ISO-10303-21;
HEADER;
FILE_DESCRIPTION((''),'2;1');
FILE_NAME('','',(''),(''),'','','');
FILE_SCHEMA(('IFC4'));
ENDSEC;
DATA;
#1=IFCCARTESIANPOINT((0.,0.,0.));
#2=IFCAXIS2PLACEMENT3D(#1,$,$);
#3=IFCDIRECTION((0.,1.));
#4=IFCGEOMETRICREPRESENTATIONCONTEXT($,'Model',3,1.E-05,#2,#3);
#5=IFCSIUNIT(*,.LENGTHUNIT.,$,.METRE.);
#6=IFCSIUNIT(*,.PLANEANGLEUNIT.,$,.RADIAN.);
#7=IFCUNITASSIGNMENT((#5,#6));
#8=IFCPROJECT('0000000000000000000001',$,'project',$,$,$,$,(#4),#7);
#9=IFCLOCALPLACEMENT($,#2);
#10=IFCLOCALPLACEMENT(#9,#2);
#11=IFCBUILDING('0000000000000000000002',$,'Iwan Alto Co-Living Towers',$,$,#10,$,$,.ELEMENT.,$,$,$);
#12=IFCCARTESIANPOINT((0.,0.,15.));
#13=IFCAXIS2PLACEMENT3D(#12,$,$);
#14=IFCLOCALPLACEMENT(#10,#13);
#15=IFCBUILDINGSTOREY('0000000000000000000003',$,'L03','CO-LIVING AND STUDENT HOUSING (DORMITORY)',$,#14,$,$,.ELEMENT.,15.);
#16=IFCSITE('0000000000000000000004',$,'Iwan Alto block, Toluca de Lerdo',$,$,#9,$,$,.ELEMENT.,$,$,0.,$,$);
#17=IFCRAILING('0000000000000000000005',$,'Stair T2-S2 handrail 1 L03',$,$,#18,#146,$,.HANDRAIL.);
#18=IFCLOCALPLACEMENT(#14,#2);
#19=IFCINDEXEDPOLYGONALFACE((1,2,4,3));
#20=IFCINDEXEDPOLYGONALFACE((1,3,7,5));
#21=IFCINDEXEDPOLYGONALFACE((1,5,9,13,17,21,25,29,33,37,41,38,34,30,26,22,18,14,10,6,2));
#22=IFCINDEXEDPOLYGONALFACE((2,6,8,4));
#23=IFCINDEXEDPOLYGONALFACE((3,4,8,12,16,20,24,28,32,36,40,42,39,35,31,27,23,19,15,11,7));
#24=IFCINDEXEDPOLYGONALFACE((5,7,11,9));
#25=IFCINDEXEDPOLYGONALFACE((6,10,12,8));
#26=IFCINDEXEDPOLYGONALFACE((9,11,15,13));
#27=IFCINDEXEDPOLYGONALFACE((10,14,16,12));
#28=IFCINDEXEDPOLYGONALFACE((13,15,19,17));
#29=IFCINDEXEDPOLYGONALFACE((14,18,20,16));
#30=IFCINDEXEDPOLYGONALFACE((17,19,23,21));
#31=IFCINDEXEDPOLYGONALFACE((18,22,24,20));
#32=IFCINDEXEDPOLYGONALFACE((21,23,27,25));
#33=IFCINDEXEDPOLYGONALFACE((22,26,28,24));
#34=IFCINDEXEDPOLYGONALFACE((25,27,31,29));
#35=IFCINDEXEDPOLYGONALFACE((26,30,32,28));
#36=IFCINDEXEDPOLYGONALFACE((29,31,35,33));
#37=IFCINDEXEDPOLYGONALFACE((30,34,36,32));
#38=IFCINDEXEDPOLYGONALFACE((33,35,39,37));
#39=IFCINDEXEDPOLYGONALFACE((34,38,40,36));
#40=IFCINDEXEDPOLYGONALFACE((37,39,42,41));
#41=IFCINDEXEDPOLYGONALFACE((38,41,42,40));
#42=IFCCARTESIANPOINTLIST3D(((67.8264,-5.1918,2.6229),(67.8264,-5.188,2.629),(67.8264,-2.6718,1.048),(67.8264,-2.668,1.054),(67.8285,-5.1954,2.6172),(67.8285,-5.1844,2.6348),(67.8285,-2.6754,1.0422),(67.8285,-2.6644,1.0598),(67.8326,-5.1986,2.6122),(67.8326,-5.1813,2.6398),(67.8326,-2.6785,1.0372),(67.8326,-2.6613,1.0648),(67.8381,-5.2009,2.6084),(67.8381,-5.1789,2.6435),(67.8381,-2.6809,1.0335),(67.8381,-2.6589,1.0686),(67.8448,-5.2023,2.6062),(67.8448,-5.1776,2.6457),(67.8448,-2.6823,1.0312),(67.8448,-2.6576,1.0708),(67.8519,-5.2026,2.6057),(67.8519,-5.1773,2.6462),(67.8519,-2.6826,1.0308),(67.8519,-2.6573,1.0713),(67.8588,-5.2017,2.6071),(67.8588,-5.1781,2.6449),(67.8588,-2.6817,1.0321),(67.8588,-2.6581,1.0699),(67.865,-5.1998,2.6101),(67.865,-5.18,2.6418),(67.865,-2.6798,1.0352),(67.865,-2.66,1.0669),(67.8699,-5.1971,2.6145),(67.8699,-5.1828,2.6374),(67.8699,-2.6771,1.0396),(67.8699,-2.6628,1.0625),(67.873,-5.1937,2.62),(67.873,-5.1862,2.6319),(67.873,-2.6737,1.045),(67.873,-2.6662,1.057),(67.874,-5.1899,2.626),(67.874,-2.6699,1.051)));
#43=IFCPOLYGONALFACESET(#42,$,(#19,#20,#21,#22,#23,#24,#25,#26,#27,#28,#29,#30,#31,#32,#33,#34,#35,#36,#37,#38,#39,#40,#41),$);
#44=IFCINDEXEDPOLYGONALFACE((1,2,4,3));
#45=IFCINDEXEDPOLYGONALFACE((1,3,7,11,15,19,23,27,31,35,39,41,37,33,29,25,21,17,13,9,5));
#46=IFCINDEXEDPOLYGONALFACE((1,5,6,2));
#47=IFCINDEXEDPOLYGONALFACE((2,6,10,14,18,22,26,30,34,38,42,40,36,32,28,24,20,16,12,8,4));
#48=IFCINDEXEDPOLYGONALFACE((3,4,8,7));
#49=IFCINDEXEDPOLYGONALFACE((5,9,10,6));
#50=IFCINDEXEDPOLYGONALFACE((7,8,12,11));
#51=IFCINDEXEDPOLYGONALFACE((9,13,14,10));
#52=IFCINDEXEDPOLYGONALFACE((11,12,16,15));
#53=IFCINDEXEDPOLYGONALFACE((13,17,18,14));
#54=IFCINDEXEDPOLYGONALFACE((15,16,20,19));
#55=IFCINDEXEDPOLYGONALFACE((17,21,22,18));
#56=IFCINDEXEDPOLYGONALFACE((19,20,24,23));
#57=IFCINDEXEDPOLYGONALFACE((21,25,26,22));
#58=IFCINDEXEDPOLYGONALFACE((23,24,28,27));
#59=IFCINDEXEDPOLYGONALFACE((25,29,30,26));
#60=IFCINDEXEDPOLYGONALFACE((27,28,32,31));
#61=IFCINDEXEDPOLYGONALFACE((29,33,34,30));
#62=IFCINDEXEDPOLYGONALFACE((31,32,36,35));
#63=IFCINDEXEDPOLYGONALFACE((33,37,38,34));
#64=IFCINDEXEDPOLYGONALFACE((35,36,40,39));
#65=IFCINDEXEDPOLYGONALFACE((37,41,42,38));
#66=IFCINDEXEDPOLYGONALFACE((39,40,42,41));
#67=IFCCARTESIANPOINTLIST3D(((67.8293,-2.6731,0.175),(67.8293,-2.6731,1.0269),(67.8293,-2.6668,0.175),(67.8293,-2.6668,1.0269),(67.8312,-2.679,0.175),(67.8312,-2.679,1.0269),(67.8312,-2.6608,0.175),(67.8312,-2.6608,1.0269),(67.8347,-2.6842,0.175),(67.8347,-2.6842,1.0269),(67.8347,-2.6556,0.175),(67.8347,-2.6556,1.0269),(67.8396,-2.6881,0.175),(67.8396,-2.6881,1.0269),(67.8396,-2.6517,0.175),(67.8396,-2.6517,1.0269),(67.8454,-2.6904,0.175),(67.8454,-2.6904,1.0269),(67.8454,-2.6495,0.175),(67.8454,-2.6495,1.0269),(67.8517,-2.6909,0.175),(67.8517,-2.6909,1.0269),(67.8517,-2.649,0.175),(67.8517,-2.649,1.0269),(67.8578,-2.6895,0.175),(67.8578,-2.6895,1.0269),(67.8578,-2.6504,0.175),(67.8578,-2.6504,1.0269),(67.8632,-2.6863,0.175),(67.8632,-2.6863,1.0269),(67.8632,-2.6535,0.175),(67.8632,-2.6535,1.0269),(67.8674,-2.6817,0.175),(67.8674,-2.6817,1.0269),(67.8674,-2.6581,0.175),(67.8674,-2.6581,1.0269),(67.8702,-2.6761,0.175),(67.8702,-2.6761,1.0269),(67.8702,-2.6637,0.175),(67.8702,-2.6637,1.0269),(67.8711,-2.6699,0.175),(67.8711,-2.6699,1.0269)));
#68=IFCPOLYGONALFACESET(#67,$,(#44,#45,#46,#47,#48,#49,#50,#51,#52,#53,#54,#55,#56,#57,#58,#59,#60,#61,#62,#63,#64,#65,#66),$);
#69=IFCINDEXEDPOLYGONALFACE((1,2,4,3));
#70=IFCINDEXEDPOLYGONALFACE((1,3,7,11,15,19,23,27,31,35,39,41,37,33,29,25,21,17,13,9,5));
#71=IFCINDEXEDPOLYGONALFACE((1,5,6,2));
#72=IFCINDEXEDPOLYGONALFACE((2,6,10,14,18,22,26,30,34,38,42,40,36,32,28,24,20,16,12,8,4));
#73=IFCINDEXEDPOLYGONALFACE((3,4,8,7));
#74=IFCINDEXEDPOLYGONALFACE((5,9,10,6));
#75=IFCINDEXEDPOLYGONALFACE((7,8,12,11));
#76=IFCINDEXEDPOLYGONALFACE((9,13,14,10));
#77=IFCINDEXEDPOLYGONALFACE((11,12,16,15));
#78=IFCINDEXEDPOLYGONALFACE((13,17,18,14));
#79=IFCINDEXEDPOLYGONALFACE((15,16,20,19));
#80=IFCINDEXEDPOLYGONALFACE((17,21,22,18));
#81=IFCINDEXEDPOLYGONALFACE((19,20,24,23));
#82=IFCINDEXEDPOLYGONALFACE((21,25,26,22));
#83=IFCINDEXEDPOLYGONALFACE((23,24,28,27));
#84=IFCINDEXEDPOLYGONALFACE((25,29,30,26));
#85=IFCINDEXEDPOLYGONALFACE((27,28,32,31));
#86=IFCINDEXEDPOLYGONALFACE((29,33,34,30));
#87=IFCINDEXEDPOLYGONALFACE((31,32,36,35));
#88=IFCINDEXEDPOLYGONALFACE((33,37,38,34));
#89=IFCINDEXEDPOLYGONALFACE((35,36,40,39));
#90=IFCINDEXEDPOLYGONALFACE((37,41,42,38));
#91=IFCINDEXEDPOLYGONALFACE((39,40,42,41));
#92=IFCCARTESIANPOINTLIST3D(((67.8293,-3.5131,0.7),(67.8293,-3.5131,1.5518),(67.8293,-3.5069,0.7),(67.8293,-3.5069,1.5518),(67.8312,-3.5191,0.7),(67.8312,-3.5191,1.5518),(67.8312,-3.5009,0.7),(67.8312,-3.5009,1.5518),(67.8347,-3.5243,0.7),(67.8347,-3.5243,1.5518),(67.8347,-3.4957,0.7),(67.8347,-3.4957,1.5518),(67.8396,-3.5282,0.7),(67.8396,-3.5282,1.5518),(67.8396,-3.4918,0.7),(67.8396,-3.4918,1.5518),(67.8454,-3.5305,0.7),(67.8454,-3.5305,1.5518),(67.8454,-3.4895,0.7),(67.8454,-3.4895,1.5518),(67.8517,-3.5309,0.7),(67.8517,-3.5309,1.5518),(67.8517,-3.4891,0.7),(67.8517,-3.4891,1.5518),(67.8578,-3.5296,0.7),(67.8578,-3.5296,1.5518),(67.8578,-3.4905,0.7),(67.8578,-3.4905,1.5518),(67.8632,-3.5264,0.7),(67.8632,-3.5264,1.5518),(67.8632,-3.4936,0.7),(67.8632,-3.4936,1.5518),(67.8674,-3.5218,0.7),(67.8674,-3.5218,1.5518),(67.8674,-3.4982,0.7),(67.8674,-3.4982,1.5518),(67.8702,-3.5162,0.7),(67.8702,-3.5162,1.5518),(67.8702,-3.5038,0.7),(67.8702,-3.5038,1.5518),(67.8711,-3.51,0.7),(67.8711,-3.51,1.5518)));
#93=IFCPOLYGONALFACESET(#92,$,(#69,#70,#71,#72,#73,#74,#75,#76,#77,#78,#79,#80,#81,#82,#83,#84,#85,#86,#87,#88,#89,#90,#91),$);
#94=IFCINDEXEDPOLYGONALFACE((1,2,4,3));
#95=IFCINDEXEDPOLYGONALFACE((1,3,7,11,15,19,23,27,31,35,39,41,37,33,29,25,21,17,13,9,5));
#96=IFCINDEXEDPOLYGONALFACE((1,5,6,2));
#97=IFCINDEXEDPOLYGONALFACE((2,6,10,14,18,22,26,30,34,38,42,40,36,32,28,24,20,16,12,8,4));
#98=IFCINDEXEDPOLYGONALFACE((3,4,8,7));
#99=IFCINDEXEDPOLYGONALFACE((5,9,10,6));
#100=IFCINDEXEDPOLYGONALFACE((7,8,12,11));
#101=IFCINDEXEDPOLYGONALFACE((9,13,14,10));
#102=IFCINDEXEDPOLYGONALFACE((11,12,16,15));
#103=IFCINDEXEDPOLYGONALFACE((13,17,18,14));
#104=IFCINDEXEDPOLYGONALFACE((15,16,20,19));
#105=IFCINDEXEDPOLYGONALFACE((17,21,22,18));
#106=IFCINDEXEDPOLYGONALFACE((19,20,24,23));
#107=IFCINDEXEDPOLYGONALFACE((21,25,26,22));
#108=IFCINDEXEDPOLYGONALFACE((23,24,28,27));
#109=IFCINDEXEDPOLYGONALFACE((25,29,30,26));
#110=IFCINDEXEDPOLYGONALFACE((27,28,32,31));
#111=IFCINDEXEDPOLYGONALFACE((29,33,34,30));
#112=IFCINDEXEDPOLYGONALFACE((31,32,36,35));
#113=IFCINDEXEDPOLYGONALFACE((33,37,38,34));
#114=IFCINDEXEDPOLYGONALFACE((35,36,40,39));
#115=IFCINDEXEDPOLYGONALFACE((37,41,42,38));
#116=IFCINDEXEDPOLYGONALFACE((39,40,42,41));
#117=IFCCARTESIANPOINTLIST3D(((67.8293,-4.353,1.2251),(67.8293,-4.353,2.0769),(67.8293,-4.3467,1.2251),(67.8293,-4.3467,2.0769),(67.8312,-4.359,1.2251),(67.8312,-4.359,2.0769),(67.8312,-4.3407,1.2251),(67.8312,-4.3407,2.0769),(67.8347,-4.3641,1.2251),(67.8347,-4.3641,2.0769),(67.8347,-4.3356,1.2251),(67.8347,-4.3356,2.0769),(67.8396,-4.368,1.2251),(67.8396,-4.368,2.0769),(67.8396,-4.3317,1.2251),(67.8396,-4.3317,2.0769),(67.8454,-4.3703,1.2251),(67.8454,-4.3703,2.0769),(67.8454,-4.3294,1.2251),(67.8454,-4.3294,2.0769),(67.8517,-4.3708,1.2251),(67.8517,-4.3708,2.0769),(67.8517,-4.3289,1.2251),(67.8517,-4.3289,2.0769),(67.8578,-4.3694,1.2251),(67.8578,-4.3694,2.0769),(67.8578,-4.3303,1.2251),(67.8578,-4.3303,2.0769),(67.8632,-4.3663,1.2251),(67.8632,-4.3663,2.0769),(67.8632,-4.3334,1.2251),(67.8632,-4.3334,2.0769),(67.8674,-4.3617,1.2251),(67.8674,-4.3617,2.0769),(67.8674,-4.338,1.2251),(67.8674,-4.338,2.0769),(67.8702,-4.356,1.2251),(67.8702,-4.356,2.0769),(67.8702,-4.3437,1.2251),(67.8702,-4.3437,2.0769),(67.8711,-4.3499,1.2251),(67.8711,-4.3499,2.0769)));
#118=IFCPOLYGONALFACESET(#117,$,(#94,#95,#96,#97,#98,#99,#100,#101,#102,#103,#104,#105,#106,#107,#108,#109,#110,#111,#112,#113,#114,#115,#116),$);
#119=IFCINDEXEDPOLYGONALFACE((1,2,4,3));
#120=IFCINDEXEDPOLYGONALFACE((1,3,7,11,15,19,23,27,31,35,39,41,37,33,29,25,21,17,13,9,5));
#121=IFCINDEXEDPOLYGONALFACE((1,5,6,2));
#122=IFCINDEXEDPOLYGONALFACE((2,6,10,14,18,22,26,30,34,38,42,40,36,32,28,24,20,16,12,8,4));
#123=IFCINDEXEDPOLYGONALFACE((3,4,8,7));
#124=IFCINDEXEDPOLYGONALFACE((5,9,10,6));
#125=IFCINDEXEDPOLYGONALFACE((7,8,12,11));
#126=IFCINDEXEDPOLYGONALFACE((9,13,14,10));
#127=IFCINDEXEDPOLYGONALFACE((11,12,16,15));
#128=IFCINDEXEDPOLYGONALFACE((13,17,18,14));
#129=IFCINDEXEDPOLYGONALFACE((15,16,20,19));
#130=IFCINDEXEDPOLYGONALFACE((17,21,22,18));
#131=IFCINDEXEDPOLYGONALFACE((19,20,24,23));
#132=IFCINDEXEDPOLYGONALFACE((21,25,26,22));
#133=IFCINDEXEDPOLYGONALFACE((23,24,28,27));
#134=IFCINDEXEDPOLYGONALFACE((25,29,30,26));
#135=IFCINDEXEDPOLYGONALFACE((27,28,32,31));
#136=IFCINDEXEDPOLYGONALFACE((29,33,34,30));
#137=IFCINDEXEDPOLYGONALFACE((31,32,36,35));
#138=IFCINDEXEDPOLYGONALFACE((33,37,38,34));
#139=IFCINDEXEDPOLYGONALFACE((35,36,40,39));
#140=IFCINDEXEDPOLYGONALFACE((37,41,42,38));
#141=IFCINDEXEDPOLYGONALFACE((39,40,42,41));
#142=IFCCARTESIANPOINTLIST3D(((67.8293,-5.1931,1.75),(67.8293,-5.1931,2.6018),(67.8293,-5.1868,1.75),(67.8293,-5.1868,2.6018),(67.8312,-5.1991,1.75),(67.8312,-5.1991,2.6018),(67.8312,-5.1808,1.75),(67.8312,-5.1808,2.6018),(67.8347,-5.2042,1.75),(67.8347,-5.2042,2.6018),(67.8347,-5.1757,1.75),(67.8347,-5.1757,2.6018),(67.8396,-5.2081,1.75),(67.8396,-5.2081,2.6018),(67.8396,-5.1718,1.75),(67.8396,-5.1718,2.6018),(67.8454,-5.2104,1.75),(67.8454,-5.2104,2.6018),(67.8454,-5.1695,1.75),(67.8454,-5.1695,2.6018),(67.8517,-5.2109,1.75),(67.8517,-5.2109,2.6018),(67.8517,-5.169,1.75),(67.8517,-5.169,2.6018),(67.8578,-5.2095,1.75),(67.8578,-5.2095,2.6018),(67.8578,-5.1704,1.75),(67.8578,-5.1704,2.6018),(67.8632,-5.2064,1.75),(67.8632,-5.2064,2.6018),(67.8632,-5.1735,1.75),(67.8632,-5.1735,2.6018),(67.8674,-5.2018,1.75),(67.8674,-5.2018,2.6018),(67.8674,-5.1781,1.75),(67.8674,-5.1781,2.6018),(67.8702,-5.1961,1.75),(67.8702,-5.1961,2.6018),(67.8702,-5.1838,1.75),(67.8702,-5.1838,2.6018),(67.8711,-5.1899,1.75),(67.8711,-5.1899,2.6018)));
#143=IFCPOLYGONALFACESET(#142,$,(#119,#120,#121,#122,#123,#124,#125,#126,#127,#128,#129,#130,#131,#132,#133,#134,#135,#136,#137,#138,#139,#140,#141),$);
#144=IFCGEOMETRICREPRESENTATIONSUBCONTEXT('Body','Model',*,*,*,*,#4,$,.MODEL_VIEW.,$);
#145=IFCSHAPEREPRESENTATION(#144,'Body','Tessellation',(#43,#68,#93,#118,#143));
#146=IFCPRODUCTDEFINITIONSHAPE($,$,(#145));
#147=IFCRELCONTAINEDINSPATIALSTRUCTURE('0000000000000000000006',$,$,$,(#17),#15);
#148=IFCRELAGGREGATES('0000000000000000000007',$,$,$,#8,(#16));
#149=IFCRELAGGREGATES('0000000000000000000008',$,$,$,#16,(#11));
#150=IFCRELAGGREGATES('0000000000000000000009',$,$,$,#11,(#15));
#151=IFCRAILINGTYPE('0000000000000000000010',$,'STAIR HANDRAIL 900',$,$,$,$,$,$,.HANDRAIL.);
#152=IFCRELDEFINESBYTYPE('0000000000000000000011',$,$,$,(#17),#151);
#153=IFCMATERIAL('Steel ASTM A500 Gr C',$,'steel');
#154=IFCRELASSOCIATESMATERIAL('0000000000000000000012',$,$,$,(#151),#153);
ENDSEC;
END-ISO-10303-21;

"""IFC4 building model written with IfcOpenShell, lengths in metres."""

from ifc_helpers import new_model, si_unit, direction, frame, origin, origin_2d, place, context, subcontext, project, spatial, circle, extrude, material, type_object, element, save


model = new_model("IFC4")

# Units and contexts
model_context = context("Model", 3, precision=1e-05, world=origin(), true_north=direction((0.0, 1.0)))
body_context = subcontext(model_context, "Body", "Model", "MODEL_VIEW")
ifc_project = project(units=[si_unit("LENGTHUNIT", "METRE"), si_unit("PLANEANGLEUNIT", "RADIAN")], contexts=[model_context])

# Site, building, storey
site_placement = place(None, origin())
site = spatial("IfcSite", under=ifc_project, at=site_placement, Name="Iwan Alto block, Toluca de Lerdo", CompositionType="ELEMENT", RefElevation=0.0)
building_placement = place(site_placement, origin())
building = spatial("IfcBuilding", under=site, at=building_placement, Name="Iwan Alto Co-Living Towers", CompositionType="ELEMENT")
storey_placement = place(building_placement, frame((0.0, 0.0, 15.0)))
storey = spatial("IfcBuildingStorey", under=building, at=storey_placement, Name="L03", Description="CO-LIVING AND STUDENT HOUSING (DORMITORY)", CompositionType="ELEMENT", Elevation=15.0)

# Railing
ifc_material_1 = material(Name="Steel ASTM A500 Gr C", Category="steel")
railing_type_1 = type_object("IfcRailingType", Name="STAIR HANDRAIL 900", PredefinedType="HANDRAIL", material=ifc_material_1)
railing_1_placement = place(storey_placement, frame((67.8501, -2.6699, 0.175)))
element("IfcRailing", 1, at=railing_1_placement, inside=storey, type_object=railing_type_1, Name="Stair T2-S2 handrail 1 L03", PredefinedType="HANDRAIL", context=body_context, shape_type="SweptSolid", body=[
    extrude(circle(Radius=0.0239, at=origin_2d()), frame((0.0, 0.0, 0.876), z_axis=(0.0, -0.848008, 0.529984), x_axis=(1.0, 0.0, 0.0)), (0.0, 0.0, 1.0), 2.9717),
    extrude(circle(Radius=0.021, at=origin_2d()), origin(), (0.0, 0.0, 1.0), 0.8518),
    extrude(circle(Radius=0.021, at=origin_2d()), frame((0.0, -0.8401, 0.5249)), (0.0, 0.0, 1.0), 0.8518),
    extrude(circle(Radius=0.021, at=origin_2d()), frame((0.0, -1.6799, 1.05)), (0.0, 0.0, 1.0), 0.8518),
    extrude(circle(Radius=0.021, at=origin_2d()), frame((0.0, -2.52, 1.575)), (0.0, 0.0, 1.0), 0.8518),
])

save(model, "model.ifc")
